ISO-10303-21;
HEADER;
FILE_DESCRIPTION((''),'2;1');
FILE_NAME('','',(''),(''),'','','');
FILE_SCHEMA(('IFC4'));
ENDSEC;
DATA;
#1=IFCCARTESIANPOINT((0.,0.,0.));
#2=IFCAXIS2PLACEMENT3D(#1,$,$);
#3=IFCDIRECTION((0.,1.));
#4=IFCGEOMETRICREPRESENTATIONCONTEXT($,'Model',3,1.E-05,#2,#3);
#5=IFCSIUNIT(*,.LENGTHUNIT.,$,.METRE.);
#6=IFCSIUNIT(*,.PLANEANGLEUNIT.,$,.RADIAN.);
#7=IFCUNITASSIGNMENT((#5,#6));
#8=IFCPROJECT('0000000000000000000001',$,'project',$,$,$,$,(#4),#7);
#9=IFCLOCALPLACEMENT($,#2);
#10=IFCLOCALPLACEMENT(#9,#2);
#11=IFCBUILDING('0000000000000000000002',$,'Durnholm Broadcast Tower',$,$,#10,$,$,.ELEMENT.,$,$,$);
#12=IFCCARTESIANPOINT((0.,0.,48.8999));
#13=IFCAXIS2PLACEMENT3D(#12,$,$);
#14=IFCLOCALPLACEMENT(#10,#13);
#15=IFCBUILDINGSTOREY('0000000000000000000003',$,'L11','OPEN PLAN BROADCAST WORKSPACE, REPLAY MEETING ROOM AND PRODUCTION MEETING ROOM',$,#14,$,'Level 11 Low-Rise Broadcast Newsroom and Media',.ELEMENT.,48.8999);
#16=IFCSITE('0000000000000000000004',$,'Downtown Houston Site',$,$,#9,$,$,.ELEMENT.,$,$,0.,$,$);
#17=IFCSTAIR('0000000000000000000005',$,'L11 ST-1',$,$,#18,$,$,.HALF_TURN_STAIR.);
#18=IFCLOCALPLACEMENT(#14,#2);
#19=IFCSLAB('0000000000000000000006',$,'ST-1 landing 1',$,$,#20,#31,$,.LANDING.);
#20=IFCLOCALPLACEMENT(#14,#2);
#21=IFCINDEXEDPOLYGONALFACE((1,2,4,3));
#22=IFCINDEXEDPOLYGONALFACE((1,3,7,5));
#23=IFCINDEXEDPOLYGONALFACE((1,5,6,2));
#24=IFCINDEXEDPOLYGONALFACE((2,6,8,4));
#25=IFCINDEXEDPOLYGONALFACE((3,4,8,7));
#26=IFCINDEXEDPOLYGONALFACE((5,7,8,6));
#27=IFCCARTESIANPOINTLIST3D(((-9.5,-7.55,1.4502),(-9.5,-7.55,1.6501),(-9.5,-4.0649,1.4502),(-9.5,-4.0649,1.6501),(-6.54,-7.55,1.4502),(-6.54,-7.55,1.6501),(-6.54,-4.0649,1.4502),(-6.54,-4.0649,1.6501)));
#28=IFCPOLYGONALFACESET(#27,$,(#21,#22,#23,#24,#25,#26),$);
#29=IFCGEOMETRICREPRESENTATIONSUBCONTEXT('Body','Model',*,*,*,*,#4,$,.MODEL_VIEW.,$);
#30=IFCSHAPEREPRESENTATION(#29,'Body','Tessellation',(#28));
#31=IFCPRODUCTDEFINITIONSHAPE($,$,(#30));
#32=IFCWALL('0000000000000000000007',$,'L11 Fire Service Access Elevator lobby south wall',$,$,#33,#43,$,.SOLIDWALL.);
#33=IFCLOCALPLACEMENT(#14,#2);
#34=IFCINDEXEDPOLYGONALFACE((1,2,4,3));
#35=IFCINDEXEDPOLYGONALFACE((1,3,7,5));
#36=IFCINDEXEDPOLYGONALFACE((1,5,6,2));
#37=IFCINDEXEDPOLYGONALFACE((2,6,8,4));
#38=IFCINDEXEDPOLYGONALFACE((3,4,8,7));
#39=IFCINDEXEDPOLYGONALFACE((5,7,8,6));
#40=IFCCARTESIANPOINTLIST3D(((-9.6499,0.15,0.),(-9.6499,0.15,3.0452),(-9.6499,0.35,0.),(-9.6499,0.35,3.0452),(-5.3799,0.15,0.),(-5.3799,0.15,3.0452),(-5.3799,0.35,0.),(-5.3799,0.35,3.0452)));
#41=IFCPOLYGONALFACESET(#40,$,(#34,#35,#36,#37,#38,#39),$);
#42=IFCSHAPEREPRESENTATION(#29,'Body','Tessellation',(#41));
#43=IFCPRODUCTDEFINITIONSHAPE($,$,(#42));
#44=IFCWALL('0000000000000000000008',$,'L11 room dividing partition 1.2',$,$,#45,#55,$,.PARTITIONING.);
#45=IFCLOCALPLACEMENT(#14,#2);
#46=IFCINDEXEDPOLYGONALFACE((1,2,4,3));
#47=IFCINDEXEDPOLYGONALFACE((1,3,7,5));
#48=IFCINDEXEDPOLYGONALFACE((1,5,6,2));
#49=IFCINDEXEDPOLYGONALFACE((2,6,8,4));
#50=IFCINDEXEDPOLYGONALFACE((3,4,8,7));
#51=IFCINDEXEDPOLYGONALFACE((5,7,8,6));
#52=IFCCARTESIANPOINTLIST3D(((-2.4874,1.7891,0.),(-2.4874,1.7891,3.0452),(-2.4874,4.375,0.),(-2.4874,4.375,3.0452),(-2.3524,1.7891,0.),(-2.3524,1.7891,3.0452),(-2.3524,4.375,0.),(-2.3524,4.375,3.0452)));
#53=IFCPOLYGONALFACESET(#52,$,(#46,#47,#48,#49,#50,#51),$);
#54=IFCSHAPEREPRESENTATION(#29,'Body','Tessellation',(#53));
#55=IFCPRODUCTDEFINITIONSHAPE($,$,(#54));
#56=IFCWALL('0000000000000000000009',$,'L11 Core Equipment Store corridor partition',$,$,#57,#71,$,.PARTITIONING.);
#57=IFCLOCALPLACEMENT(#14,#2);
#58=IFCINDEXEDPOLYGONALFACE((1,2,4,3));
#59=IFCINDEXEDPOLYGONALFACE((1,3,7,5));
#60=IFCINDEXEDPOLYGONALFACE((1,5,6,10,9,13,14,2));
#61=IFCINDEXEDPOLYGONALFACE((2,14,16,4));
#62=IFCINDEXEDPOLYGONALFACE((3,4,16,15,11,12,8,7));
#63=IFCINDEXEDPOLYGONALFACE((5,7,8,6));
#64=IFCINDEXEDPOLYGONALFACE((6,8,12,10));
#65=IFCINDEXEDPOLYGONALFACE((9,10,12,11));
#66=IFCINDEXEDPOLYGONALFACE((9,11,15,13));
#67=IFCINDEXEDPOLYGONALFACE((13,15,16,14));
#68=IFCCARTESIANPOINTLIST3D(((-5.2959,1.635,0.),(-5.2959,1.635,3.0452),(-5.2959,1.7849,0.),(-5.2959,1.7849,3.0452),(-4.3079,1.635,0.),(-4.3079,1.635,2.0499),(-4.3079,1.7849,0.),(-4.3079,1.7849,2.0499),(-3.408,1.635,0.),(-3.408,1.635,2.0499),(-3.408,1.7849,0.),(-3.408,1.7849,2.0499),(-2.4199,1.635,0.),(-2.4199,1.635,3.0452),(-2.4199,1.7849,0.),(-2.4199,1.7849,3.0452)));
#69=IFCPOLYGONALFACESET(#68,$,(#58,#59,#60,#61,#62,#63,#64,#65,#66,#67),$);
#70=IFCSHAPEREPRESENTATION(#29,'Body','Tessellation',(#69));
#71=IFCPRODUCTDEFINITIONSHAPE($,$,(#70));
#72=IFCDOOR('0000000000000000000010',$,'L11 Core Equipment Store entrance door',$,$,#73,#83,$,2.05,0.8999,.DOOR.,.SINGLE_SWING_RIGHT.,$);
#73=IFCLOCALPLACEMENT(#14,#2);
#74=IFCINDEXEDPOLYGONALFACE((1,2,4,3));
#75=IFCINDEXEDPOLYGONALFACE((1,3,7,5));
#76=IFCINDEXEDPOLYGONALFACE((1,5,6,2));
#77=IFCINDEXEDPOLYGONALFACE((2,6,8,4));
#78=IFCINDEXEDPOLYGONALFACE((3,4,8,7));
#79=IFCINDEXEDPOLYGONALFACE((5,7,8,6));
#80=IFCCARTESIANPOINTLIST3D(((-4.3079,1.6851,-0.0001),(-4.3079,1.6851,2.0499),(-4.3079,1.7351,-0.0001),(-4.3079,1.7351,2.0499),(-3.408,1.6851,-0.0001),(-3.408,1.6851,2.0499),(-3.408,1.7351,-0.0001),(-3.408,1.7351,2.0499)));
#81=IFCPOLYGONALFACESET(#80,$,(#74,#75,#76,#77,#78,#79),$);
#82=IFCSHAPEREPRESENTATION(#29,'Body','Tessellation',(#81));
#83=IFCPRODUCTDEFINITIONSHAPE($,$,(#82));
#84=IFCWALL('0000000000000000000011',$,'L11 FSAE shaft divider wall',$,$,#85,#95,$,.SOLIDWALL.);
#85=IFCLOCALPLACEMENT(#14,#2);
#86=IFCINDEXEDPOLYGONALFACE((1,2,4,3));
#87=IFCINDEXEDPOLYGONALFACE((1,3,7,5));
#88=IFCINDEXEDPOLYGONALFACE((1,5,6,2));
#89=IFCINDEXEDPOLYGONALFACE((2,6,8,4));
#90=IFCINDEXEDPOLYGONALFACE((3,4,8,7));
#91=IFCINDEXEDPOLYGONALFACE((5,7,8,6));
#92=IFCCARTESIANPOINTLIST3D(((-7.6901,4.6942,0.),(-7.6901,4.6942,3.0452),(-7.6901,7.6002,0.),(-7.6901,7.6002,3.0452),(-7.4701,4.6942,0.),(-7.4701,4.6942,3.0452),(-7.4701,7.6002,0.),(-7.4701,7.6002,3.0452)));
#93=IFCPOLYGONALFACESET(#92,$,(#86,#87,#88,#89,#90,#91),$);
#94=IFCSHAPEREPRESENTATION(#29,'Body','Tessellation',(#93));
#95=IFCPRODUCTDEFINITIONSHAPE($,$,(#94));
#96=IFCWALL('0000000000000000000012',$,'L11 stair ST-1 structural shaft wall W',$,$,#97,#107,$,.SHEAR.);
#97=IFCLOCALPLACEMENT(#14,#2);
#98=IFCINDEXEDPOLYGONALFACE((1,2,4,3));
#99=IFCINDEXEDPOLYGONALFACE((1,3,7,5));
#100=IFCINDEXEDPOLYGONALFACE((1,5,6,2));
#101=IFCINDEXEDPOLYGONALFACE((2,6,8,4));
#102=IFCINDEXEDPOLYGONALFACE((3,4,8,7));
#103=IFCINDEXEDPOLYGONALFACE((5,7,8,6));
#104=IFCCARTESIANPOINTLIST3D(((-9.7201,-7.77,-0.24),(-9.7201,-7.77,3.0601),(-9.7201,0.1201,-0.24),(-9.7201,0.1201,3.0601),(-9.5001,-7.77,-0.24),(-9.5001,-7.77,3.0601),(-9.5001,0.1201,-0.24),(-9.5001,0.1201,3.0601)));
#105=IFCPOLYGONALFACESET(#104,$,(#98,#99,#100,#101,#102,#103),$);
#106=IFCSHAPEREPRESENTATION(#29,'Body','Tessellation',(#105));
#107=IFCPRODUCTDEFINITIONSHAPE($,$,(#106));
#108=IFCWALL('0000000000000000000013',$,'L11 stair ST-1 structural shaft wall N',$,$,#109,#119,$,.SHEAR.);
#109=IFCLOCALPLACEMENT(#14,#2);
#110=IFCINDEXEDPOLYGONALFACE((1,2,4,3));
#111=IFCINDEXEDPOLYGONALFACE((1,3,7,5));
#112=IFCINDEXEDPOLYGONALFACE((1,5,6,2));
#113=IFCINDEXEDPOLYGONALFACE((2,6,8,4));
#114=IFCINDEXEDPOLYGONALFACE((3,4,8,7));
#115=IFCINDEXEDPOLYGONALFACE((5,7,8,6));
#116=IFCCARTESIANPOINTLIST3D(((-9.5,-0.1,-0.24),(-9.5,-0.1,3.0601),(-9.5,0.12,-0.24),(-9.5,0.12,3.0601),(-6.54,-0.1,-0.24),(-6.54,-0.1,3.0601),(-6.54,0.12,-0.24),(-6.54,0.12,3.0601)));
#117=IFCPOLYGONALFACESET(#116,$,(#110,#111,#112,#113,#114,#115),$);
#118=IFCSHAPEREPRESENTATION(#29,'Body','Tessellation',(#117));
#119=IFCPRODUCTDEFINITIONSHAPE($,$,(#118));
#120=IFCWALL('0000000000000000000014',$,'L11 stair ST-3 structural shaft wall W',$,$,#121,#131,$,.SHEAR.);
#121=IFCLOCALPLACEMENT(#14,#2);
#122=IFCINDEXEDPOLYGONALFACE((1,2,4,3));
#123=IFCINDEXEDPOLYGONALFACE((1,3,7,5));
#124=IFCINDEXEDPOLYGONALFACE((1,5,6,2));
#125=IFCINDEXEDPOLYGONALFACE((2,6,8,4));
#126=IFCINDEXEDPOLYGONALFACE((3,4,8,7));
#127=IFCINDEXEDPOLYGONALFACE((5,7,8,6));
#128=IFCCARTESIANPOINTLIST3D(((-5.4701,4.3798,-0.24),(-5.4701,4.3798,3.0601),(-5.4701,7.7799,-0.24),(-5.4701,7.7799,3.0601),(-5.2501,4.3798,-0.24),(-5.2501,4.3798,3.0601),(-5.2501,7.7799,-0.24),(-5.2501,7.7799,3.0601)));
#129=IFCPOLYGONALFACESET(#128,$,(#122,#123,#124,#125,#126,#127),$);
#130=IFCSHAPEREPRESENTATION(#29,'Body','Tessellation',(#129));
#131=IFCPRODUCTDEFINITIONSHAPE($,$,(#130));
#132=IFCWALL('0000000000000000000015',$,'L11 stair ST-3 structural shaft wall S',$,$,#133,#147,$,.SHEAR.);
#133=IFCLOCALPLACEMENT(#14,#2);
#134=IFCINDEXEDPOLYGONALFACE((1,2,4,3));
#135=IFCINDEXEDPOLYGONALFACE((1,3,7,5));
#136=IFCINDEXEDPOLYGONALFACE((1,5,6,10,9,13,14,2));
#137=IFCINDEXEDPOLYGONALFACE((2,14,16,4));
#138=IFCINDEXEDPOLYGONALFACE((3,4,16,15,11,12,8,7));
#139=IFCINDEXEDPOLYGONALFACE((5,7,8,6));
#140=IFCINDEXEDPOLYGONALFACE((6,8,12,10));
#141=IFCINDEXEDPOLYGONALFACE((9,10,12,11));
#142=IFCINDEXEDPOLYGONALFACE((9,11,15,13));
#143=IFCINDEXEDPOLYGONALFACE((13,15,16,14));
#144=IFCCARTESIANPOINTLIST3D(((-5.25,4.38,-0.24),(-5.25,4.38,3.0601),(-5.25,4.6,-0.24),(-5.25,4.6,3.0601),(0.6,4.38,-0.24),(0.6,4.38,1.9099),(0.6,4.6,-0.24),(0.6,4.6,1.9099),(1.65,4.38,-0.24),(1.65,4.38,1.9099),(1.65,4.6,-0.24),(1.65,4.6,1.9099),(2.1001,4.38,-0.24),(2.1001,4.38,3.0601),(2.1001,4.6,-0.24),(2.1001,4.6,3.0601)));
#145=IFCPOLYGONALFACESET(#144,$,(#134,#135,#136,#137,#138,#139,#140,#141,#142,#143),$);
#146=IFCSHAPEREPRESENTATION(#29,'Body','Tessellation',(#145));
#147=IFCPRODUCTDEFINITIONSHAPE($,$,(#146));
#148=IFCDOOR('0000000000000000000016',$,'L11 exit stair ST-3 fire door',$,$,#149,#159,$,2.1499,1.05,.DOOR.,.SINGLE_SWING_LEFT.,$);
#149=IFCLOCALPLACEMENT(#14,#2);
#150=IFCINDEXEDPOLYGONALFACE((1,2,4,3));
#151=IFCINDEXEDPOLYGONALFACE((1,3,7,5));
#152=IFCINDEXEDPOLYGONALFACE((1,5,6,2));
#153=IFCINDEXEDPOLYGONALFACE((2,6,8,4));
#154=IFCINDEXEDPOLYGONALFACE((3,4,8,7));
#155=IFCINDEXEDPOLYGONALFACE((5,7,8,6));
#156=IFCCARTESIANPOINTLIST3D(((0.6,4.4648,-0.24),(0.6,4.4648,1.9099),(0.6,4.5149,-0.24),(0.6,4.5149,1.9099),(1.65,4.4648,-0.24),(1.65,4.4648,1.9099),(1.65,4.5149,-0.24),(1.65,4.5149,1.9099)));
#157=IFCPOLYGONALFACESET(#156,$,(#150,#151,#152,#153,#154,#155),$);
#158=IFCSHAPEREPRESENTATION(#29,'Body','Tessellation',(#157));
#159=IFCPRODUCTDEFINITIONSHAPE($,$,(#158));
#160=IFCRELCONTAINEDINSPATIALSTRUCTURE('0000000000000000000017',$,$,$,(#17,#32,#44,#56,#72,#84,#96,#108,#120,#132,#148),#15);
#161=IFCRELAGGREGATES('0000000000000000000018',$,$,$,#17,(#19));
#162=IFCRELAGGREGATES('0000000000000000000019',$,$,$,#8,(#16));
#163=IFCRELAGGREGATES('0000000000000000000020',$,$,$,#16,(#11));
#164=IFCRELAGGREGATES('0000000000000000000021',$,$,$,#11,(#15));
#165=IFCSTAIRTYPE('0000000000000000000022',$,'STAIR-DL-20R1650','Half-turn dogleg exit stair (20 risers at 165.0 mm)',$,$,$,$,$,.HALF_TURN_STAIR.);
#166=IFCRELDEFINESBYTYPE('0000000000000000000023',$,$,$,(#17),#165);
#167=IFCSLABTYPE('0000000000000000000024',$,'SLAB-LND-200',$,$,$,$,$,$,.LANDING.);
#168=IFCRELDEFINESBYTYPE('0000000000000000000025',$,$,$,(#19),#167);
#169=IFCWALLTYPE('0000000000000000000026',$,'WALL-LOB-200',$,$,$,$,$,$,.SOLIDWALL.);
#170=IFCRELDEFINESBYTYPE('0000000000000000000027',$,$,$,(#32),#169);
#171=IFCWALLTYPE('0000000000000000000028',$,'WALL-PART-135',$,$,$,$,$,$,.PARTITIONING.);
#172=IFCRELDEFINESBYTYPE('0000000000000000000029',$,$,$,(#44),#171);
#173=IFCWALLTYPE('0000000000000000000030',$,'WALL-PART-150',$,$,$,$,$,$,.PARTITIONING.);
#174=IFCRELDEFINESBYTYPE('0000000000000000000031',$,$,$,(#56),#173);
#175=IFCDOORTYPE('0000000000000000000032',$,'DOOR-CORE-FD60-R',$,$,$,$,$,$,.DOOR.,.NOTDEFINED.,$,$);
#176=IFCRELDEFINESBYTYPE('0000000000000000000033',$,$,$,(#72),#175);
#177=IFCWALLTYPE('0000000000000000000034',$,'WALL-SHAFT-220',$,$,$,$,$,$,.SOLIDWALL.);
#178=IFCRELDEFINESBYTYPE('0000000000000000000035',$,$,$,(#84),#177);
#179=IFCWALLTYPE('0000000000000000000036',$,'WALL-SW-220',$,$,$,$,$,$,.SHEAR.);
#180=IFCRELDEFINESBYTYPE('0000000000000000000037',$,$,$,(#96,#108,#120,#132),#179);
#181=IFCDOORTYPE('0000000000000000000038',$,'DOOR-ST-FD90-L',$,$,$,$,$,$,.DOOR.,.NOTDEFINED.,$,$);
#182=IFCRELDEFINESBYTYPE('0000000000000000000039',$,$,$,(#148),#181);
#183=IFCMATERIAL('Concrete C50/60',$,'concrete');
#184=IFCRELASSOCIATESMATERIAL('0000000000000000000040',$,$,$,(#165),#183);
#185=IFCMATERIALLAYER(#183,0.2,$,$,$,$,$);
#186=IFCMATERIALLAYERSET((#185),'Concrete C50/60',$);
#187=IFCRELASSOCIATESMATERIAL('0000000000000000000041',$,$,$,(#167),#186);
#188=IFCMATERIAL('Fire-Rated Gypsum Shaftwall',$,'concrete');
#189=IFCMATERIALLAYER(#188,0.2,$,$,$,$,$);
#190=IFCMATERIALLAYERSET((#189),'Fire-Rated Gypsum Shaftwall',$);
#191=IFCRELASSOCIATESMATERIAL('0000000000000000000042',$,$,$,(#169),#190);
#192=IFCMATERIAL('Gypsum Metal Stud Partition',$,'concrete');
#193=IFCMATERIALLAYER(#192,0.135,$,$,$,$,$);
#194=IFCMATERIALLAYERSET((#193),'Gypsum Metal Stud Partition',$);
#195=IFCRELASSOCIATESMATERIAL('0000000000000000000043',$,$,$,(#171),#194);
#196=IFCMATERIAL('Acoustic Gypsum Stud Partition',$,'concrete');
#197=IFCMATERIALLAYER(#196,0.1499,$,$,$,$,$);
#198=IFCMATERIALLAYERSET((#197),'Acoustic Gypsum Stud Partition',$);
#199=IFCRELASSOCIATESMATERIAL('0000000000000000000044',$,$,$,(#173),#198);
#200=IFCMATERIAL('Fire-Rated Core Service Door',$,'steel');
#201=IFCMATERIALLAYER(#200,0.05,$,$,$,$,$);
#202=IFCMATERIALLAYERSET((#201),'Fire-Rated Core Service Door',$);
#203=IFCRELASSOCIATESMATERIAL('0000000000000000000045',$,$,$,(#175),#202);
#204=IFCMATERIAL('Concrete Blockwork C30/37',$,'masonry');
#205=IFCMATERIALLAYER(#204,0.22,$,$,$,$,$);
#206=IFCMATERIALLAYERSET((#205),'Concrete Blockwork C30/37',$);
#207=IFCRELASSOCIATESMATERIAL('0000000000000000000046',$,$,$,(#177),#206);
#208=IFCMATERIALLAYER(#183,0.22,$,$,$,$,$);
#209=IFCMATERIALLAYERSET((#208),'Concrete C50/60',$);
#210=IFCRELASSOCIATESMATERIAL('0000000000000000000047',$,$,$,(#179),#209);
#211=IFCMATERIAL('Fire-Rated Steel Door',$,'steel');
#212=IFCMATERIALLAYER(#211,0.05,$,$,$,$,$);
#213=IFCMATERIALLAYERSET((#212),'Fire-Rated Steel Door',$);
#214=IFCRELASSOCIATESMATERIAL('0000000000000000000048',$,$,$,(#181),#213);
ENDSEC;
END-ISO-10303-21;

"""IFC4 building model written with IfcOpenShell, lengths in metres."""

from ifc_helpers import new_model, si_unit, direction, frame, frame_2d, origin, place, context, subcontext, project, spatial, polyline, rectangle, outline, extrude, source, transform, mapped, material, layer, layer_set, type_object, type_shapes, element, fill, aggregate, save


model = new_model("IFC4")

# Units and contexts
model_context = context("Model", 3, precision=1e-05, world=origin(), true_north=direction((0.0, 1.0)))
body_context = subcontext(model_context, "Body", "Model", "MODEL_VIEW")
ifc_project = project(units=[si_unit("LENGTHUNIT", "METRE"), si_unit("PLANEANGLEUNIT", "RADIAN")], contexts=[model_context])

# Site, building, storey
site_placement = place(None, origin())
site = spatial("IfcSite", under=ifc_project, at=site_placement, Name="Downtown Houston Site", CompositionType="ELEMENT", RefElevation=0.0)
building_placement = place(site_placement, origin())
building = spatial("IfcBuilding", under=site, at=building_placement, Name="Durnholm Broadcast Tower", CompositionType="ELEMENT")
storey_placement = place(building_placement, frame((0.0, 0.0, 48.8999)))
storey = spatial("IfcBuildingStorey", under=building, at=storey_placement, Name="L11", Description="OPEN PLAN BROADCAST WORKSPACE, REPLAY MEETING ROOM AND PRODUCTION MEETING ROOM", LongName="Level 11 Low-Rise Broadcast Newsroom and Media", CompositionType="ELEMENT", Elevation=48.8999)

# Shared definitions
ifc_material_1 = material(Name="Concrete C50/60", Category="concrete")

# Stair, slab
stair_type = type_object("IfcStairType", Name="STAIR-DL-20R1650", Description="Half-turn dogleg exit stair (20 risers at 165.0 mm)", PredefinedType="HALF_TURN_STAIR", material=ifc_material_1)
stair_1_placement = place(storey_placement, origin())
stair_1 = element("IfcStair", 1, at=stair_1_placement, inside=storey, type_object=stair_type, Name="L11 ST-1", PredefinedType="HALF_TURN_STAIR")
ifc_layer_1 = layer(ifc_material_1, 0.2)
ifc_layer_set_1 = layer_set([ifc_layer_1], Name="Concrete C50/60")
slab_type_1 = type_object("IfcSlabType", Name="SLAB-LND-200", PredefinedType="LANDING", material=ifc_layer_set_1)
slab_1_placement = place(storey_placement, frame((0.0, 0.0, 1.4502)))
slab_1 = element("IfcSlab", 2, at=slab_1_placement, type_object=slab_type_1, Name="ST-1 landing 1", PredefinedType="LANDING", context=body_context, shape_type="SweptSolid", body=[
    extrude(outline(polyline([(-9.5, -4.0649), (-9.5, -7.55), (-6.54, -7.55), (-6.54, -4.0649), (-9.5, -4.0649)])), origin(), (0.0, 0.0, 1.0), 0.2),
])
aggregate(stair_1, [slab_1])

# Wall
ifc_material_2 = material(Name="Fire-Rated Gypsum Shaftwall", Category="concrete")
ifc_layer_2 = layer(ifc_material_2, 0.2)
ifc_layer_set_2 = layer_set([ifc_layer_2], Name="Fire-Rated Gypsum Shaftwall")
wall_type_1 = type_object("IfcWallType", Name="WALL-LOB-200", PredefinedType="SOLIDWALL", material=ifc_layer_set_2)
wall_1_placement = place(storey_placement, frame((-9.6499, 0.25, 0.0), z_axis=(0.0, 0.0, 1.0), x_axis=(1.0, 0.0, 0.0)))
element("IfcWall", 3, at=wall_1_placement, inside=storey, type_object=wall_type_1, Name="L11 Fire Service Access Elevator lobby south wall", PredefinedType="SOLIDWALL", context=body_context, shape_type="SweptSolid", body=[
    extrude(rectangle(XDim=4.27, YDim=0.2, at=frame_2d((2.135, 0.0))), origin(), (0.0, 0.0, 1.0), 3.0452),
])

# Wall
ifc_material_3 = material(Name="Gypsum Metal Stud Partition", Category="concrete")
ifc_layer_3 = layer(ifc_material_3, 0.135)
ifc_layer_set_3 = layer_set([ifc_layer_3], Name="Gypsum Metal Stud Partition")
wall_type_2 = type_object("IfcWallType", Name="WALL-PART-135", PredefinedType="PARTITIONING", material=ifc_layer_set_3)
wall_2_placement = place(storey_placement, frame((-2.4199, 4.375, 0.0), z_axis=(0.0, 0.0, 1.0), x_axis=(0.0, -1.0, 0.0)))
element("IfcWall", 4, at=wall_2_placement, inside=storey, type_object=wall_type_2, Name="L11 room dividing partition 1.2", PredefinedType="PARTITIONING", context=body_context, shape_type="SweptSolid", body=[
    extrude(rectangle(XDim=2.5859, YDim=0.135, at=frame_2d((1.293, 0.0))), origin(), (0.0, 0.0, 1.0), 3.0452),
])

# Wall, opening, door
ifc_material_4 = material(Name="Acoustic Gypsum Stud Partition", Category="concrete")
ifc_layer_4 = layer(ifc_material_4, 0.1499)
ifc_layer_set_4 = layer_set([ifc_layer_4], Name="Acoustic Gypsum Stud Partition")
wall_type_3 = type_object("IfcWallType", Name="WALL-PART-150", PredefinedType="PARTITIONING", material=ifc_layer_set_4)
wall_3_placement = place(storey_placement, frame((-2.4199, 1.71, 0.0), z_axis=(0.0, 0.0, 1.0), x_axis=(-1.0, 0.0, 0.0)))
wall_3 = element("IfcWall", 5, at=wall_3_placement, inside=storey, type_object=wall_type_3, Name="L11 Core Equipment Store corridor partition", PredefinedType="PARTITIONING", context=body_context, shape_type="SweptSolid", body=[
    extrude(rectangle(XDim=2.876, YDim=0.1499, at=frame_2d((1.438, 0.0))), origin(), (0.0, 0.0, 1.0), 3.0452),
])
opening_1_placement = place(wall_3_placement, frame((0.988, 0.0, 0.0)))
opening_1 = element("IfcOpeningElement", 6, at=opening_1_placement, cuts=wall_3, PredefinedType="OPENING", context=body_context, shape_type="SweptSolid", body=[
    extrude(rectangle(XDim=0.8999, YDim=2.05, at=frame_2d((0.45, 1.0249))), frame((0.0, 0.085, 0.0), z_axis=(0.0, -1.0, 0.0), x_axis=(1.0, 0.0, 0.0)), (0.0, 0.0, 1.0), 0.1699),
])
ifc_material_5 = material(Name="Fire-Rated Core Service Door", Category="steel")
ifc_layer_5 = layer(ifc_material_5, 0.05)
ifc_layer_set_5 = layer_set([ifc_layer_5], Name="Fire-Rated Core Service Door")
door_type_1 = type_object("IfcDoorType", Name="DOOR-CORE-FD60-R", OperationType="NOTDEFINED", PredefinedType="DOOR", material=ifc_layer_set_5)
shared_shape_1 = source(origin(), body_context, "Body", "SweptSolid", [
    extrude(rectangle(XDim=0.8999, YDim=2.05, at=frame_2d((0.45, 1.0249))), frame((0.0, 0.0249, 0.0), z_axis=(0.0, -1.0, 0.0), x_axis=(1.0, 0.0, 0.0)), (0.0, 0.0, 1.0), 0.05),
])
type_shapes(door_type_1, [shared_shape_1])
door_1_placement = place(opening_1_placement, origin())
door_1 = element("IfcDoor", 7, at=door_1_placement, inside=storey, type_object=door_type_1, Name="L11 Core Equipment Store entrance door", OperationType="SINGLE_SWING_RIGHT", OverallHeight=2.05, OverallWidth=0.8999, PredefinedType="DOOR", context=body_context, shape_type="MappedRepresentation", body=[
    mapped(shared_shape_1, transform((0.0, 0.0, 0.0), x_axis=(1.0, 0.0, 0.0), y_axis=(0.0, 1.0, 0.0), z_axis=(0.0, 0.0, 1.0), scale=1.0)),
])
fill(opening_1, door_1)

# Shared definitions
ifc_material_6 = material(Name="Concrete Blockwork C30/37", Category="masonry")
ifc_layer_6 = layer(ifc_material_6, 0.22)
ifc_layer_set_6 = layer_set([ifc_layer_6], Name="Concrete Blockwork C30/37")
wall_type_4 = type_object("IfcWallType", Name="WALL-SHAFT-220", PredefinedType="SOLIDWALL", material=ifc_layer_set_6)

# Walls
wall_4_placement = place(storey_placement, frame((-7.5801, 4.6941, 0.0), z_axis=(0.0, 0.0, 1.0), x_axis=(0.0, 1.0, 0.0)))
element("IfcWall", 8, at=wall_4_placement, inside=storey, type_object=wall_type_4, Name="L11 FSAE shaft divider wall", PredefinedType="SOLIDWALL", context=body_context, shape_type="SweptSolid", body=[
    extrude(rectangle(XDim=2.906, YDim=0.22, at=frame_2d((1.4531, 0.0))), origin(), (0.0, 0.0, 1.0), 3.0452),
])
ifc_layer_7 = layer(ifc_material_1, 0.22)
ifc_layer_set_7 = layer_set([ifc_layer_7], Name="Concrete C50/60")
wall_type_5 = type_object("IfcWallType", Name="WALL-SW-220", PredefinedType="SHEAR", material=ifc_layer_set_7)
wall_5_placement = place(storey_placement, frame((-9.6101, 0.1201, -0.24), z_axis=(0.0, 0.0, 1.0), x_axis=(0.0, -1.0, 0.0)))
element("IfcWall", 9, at=wall_5_placement, inside=storey, type_object=wall_type_5, Name="L11 stair ST-1 structural shaft wall W", PredefinedType="SHEAR", context=body_context, shape_type="SweptSolid", body=[
    extrude(rectangle(XDim=7.8901, YDim=0.22, at=frame_2d((3.9451, 0.0))), origin(), (0.0, 0.0, 1.0), 3.3),
])
wall_6_placement = place(storey_placement, frame((-6.54, 0.01, -0.24), z_axis=(0.0, 0.0, 1.0), x_axis=(-1.0, 0.0, 0.0)))
element("IfcWall", 10, at=wall_6_placement, inside=storey, type_object=wall_type_5, Name="L11 stair ST-1 structural shaft wall N", PredefinedType="SHEAR", context=body_context, shape_type="SweptSolid", body=[
    extrude(rectangle(XDim=2.96, YDim=0.22, at=frame_2d((1.48, 0.0))), origin(), (0.0, 0.0, 1.0), 3.3),
])
wall_7_placement = place(storey_placement, frame((-5.3601, 7.78, -0.24), z_axis=(0.0, 0.0, 1.0), x_axis=(0.0, -1.0, 0.0)))
element("IfcWall", 11, at=wall_7_placement, inside=storey, type_object=wall_type_5, Name="L11 stair ST-3 structural shaft wall W", PredefinedType="SHEAR", context=body_context, shape_type="SweptSolid", body=[
    extrude(rectangle(XDim=3.4001, YDim=0.22, at=frame_2d((1.7002, 0.0))), origin(), (0.0, 0.0, 1.0), 3.3),
])

# Wall, opening, door
wall_8_placement = place(storey_placement, frame((-5.25, 4.49, -0.24), z_axis=(0.0, 0.0, 1.0), x_axis=(1.0, 0.0, 0.0)))
wall_8 = element("IfcWall", 12, at=wall_8_placement, inside=storey, type_object=wall_type_5, Name="L11 stair ST-3 structural shaft wall S", PredefinedType="SHEAR", context=body_context, shape_type="SweptSolid", body=[
    extrude(rectangle(XDim=7.3501, YDim=0.22, at=frame_2d((3.675, 0.0))), origin(), (0.0, 0.0, 1.0), 3.3),
])
opening_2_placement = place(wall_8_placement, frame((5.8501, 0.0, 0.0)))
opening_2 = element("IfcOpeningElement", 13, at=opening_2_placement, cuts=wall_8, PredefinedType="OPENING", context=body_context, shape_type="SweptSolid", body=[
    extrude(rectangle(XDim=1.05, YDim=2.1499, at=frame_2d((0.5249, 1.075))), frame((0.0, 0.1201, 0.0), z_axis=(0.0, -1.0, 0.0), x_axis=(1.0, 0.0, 0.0)), (0.0, 0.0, 1.0), 0.24),
])
ifc_material_7 = material(Name="Fire-Rated Steel Door", Category="steel")
ifc_layer_8 = layer(ifc_material_7, 0.05)
ifc_layer_set_8 = layer_set([ifc_layer_8], Name="Fire-Rated Steel Door")
door_type_2 = type_object("IfcDoorType", Name="DOOR-ST-FD90-L", OperationType="NOTDEFINED", PredefinedType="DOOR", material=ifc_layer_set_8)
shared_shape_2 = source(origin(), body_context, "Body", "SweptSolid", [
    extrude(rectangle(XDim=1.05, YDim=2.1499, at=frame_2d((0.5249, 1.075))), frame((0.0, 0.0249, 0.0), z_axis=(0.0, -1.0, 0.0), x_axis=(1.0, 0.0, 0.0)), (0.0, 0.0, 1.0), 0.05),
])
type_shapes(door_type_2, [shared_shape_2])
door_2_placement = place(opening_2_placement, origin())
door_2 = element("IfcDoor", 14, at=door_2_placement, inside=storey, type_object=door_type_2, Name="L11 exit stair ST-3 fire door", OperationType="SINGLE_SWING_LEFT", OverallHeight=2.1499, OverallWidth=1.05, PredefinedType="DOOR", context=body_context, shape_type="MappedRepresentation", body=[
    mapped(shared_shape_2, transform((0.0, 0.0, 0.0), x_axis=(1.0, 0.0, 0.0), y_axis=(0.0, 1.0, 0.0), z_axis=(0.0, 0.0, 1.0), scale=1.0)),
])
fill(opening_2, door_2)

save(model, "model.ifc")
